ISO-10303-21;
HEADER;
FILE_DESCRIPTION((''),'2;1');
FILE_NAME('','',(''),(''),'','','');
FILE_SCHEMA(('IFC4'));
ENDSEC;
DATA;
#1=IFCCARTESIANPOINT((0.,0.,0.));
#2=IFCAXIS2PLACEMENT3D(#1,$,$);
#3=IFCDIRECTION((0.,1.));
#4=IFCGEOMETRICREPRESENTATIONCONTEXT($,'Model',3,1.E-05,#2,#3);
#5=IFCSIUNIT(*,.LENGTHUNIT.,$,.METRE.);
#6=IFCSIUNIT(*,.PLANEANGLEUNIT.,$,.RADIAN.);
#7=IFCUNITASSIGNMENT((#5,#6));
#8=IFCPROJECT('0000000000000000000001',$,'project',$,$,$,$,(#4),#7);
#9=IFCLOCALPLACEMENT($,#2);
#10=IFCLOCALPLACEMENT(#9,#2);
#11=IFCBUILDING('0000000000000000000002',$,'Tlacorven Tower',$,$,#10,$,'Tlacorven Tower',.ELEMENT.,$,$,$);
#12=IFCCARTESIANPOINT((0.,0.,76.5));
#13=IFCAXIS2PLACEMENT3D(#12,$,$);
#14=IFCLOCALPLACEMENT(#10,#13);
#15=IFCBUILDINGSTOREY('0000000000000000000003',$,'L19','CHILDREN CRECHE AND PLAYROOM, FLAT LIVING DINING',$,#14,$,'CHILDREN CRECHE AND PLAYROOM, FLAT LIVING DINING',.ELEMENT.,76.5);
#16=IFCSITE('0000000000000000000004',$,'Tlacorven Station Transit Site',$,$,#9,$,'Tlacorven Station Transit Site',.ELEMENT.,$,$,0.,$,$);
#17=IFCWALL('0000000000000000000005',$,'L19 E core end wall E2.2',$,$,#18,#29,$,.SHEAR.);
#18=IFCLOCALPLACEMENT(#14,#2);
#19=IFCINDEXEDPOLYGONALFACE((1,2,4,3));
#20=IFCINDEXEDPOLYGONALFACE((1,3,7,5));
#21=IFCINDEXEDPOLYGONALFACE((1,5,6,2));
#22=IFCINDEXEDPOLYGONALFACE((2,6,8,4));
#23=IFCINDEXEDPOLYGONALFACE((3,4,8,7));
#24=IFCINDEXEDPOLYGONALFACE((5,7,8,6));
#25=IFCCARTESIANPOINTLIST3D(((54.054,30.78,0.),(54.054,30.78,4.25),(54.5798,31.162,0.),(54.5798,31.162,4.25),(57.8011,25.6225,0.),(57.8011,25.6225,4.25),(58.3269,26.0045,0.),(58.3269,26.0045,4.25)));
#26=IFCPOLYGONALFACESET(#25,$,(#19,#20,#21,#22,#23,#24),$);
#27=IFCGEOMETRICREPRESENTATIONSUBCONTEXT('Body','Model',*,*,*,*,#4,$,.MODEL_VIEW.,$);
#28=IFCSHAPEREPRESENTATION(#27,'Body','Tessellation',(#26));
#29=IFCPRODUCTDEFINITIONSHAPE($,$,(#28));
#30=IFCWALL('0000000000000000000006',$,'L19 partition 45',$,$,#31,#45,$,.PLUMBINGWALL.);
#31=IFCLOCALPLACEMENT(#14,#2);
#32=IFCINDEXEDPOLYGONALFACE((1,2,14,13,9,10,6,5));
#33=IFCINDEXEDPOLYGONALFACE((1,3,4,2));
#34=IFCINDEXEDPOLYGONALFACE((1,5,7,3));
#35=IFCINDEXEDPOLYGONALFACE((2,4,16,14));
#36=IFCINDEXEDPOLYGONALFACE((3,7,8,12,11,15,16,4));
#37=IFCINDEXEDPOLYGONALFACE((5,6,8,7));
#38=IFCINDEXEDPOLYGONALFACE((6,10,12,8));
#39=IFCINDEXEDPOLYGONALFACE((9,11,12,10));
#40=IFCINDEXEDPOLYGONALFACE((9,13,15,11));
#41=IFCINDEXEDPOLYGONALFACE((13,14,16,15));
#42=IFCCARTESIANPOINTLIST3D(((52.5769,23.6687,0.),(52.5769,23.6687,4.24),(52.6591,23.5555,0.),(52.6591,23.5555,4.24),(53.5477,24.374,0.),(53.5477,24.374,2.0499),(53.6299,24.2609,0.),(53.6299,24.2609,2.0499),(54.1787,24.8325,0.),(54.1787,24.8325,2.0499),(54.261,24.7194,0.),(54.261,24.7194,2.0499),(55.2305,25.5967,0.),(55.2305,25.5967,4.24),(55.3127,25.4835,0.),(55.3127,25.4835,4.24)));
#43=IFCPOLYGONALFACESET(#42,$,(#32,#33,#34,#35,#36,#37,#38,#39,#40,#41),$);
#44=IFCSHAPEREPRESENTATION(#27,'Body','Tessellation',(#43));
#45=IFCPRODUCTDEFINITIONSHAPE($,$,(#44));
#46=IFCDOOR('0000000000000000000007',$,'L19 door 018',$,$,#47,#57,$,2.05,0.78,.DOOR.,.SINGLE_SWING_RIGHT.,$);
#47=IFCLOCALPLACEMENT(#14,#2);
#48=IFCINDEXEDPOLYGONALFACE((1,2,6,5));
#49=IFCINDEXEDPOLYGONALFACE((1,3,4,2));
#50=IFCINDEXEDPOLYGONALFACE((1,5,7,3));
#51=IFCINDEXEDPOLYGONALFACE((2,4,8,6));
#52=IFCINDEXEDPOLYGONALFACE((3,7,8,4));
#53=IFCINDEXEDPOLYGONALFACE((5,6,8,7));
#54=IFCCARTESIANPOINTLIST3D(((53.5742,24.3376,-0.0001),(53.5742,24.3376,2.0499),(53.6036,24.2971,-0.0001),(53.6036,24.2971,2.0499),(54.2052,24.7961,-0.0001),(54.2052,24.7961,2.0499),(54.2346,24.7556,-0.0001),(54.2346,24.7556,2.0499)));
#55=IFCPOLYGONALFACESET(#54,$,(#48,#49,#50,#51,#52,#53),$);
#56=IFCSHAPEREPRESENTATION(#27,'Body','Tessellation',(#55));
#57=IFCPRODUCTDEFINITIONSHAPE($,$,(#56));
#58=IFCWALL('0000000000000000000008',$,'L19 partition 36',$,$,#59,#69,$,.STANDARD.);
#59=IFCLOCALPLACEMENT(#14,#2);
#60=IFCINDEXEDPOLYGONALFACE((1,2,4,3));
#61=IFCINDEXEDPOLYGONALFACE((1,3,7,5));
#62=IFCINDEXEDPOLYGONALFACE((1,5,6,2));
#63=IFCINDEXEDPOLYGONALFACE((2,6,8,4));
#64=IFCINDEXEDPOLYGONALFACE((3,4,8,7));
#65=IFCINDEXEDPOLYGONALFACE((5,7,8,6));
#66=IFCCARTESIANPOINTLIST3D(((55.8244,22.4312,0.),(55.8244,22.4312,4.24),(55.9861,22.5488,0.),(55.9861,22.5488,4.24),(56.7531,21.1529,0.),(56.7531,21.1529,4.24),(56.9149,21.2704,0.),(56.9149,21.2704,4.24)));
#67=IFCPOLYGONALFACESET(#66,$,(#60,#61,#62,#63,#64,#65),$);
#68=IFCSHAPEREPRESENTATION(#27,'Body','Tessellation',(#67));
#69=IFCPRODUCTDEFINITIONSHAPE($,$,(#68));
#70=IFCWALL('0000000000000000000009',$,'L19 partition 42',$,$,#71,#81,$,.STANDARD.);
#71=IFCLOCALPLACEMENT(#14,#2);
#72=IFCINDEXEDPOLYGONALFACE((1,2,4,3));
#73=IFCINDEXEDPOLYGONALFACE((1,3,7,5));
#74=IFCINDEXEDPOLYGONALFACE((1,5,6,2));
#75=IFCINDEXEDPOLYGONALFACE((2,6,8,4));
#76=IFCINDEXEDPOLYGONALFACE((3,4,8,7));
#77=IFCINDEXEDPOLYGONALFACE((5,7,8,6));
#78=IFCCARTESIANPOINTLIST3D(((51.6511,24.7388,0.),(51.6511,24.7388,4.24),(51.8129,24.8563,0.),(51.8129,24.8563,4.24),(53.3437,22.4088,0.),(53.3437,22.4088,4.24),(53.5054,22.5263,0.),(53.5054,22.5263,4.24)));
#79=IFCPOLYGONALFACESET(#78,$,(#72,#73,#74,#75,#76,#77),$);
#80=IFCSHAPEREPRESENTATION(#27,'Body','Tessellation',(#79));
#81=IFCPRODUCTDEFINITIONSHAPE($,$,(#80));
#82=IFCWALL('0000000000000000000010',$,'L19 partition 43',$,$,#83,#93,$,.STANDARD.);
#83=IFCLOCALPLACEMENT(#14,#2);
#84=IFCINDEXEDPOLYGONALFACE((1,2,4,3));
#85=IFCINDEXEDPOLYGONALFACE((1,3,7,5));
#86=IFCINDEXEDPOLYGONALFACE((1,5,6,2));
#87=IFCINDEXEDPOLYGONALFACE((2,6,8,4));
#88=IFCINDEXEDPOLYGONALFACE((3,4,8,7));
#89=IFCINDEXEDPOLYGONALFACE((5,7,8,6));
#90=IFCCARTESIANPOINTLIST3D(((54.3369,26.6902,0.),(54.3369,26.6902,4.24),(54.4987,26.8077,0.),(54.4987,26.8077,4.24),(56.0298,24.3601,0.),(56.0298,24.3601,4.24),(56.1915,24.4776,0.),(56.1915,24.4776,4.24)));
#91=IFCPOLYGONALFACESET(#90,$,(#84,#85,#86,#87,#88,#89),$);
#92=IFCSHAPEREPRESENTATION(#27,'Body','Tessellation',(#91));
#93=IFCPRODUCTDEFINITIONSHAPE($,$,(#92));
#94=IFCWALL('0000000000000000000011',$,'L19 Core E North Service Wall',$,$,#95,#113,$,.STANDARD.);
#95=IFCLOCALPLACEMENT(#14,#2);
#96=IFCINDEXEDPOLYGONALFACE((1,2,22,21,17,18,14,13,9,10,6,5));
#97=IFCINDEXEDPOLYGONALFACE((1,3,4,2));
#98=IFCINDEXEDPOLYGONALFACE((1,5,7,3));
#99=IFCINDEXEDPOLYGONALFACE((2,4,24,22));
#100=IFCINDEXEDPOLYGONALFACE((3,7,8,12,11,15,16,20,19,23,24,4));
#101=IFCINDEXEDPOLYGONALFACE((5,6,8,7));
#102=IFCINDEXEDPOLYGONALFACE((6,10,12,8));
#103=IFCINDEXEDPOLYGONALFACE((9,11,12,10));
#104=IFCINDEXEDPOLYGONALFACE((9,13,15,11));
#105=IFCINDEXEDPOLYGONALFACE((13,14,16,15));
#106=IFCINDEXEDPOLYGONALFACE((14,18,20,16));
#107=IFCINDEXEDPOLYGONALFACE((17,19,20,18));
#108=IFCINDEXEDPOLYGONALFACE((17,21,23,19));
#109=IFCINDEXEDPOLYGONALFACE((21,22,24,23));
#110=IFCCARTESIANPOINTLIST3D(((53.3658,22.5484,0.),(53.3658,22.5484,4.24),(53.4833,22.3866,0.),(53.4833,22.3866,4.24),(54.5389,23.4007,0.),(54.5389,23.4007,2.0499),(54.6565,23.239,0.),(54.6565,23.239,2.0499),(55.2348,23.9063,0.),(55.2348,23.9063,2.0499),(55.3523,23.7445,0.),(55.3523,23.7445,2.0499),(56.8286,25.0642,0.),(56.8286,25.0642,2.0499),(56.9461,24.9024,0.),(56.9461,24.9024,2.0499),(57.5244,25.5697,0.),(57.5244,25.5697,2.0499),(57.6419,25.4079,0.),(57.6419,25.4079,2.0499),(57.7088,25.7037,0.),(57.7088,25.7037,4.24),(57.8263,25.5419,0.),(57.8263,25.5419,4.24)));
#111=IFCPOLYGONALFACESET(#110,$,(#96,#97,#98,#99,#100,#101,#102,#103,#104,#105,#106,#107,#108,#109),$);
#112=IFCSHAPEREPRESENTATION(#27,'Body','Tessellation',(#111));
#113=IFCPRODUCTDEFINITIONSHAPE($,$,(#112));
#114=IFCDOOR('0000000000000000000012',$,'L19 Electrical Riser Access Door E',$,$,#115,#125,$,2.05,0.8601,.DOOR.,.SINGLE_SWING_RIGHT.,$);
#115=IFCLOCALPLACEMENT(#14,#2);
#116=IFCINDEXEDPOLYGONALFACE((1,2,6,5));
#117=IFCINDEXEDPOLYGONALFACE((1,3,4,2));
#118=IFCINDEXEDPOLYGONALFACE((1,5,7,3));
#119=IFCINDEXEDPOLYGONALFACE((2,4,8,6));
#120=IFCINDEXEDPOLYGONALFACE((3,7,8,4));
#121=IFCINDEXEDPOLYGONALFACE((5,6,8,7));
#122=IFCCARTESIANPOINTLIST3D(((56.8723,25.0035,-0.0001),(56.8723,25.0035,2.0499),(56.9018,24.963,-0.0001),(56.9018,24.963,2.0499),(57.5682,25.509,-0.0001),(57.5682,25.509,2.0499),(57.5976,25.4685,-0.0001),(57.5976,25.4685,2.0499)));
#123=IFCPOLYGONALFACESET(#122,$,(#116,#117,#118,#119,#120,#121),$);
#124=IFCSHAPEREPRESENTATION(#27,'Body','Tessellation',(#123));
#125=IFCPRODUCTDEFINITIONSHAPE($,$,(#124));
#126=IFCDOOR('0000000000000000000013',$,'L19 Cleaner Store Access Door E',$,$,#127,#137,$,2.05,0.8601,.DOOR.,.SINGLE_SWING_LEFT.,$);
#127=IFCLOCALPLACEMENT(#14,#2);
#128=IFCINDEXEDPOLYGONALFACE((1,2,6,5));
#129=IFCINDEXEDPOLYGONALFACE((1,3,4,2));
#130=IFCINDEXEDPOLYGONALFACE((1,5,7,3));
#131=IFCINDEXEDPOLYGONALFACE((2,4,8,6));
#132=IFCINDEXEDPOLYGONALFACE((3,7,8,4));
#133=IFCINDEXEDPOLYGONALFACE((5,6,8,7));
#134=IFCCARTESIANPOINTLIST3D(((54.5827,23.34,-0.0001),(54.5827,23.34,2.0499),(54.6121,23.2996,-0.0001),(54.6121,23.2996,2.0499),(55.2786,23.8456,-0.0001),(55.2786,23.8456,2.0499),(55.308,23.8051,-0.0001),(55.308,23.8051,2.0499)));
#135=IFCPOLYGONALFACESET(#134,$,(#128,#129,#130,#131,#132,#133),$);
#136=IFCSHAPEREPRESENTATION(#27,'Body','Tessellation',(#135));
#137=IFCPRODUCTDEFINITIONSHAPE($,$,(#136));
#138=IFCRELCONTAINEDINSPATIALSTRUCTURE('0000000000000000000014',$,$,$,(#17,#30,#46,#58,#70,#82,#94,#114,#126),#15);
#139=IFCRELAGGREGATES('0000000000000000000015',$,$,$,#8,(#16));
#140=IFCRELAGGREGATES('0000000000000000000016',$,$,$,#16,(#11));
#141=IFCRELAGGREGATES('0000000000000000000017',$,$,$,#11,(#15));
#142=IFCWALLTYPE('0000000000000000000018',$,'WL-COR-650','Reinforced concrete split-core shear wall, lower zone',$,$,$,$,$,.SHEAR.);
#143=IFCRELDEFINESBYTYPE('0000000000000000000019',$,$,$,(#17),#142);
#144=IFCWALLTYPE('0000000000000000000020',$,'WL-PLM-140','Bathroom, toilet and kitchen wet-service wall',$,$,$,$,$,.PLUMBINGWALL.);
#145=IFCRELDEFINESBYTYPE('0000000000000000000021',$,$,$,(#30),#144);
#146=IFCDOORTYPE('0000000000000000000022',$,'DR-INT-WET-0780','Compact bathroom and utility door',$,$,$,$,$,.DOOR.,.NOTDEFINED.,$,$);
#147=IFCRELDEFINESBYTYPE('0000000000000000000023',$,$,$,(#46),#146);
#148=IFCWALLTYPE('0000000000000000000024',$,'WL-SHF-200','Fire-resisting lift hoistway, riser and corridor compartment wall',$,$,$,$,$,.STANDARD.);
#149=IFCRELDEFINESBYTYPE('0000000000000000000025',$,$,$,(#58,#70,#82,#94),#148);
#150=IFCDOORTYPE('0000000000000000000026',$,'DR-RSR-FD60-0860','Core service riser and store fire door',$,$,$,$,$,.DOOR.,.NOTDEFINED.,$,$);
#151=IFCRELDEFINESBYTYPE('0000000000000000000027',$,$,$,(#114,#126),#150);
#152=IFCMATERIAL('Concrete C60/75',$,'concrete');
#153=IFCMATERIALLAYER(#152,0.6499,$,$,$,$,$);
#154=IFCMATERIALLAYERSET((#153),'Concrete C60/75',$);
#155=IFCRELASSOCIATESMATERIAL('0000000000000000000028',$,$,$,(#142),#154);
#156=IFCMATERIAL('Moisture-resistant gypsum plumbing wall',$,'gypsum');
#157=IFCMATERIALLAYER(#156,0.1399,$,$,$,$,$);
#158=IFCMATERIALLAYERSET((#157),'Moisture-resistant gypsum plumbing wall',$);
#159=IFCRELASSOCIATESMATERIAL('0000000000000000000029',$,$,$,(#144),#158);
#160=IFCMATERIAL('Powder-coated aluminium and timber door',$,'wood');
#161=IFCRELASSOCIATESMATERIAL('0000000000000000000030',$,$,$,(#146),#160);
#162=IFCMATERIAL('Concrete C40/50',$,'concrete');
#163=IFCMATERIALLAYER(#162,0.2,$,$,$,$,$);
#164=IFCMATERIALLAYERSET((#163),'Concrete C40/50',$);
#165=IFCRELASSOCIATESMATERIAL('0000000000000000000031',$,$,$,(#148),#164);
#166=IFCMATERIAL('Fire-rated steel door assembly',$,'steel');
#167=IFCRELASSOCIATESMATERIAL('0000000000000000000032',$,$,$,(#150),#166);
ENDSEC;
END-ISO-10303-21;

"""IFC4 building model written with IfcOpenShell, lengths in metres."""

from ifc_helpers import new_model, si_unit, direction, frame, frame_2d, origin, place, context, subcontext, project, spatial, rectangle, extrude, source, transform, mapped, material, layer, layer_set, type_object, element, fill, save


model = new_model("IFC4")

# Units and contexts
model_context = context("Model", 3, precision=1e-05, world=origin(), true_north=direction((0.0, 1.0)))
body_context = subcontext(model_context, "Body", "Model", "MODEL_VIEW")
ifc_project = project(units=[si_unit("LENGTHUNIT", "METRE"), si_unit("PLANEANGLEUNIT", "RADIAN")], contexts=[model_context])

# Site, building, storey
site_placement = place(None, origin())
site = spatial("IfcSite", under=ifc_project, at=site_placement, Name="Tlacorven Station Transit Site", LongName="Tlacorven Station Transit Site", CompositionType="ELEMENT", RefElevation=0.0)
building_placement = place(site_placement, origin())
building = spatial("IfcBuilding", under=site, at=building_placement, Name="Tlacorven Tower", LongName="Tlacorven Tower", CompositionType="ELEMENT")
storey_placement = place(building_placement, frame((0.0, 0.0, 76.5)))
storey = spatial("IfcBuildingStorey", under=building, at=storey_placement, Name="L19", Description="CHILDREN CRECHE AND PLAYROOM, FLAT LIVING DINING", LongName="CHILDREN CRECHE AND PLAYROOM, FLAT LIVING DINING", CompositionType="ELEMENT", Elevation=76.5)

# Wall
ifc_material_1 = material(Name="Concrete C60/75", Category="concrete")
ifc_layer_1 = layer(ifc_material_1, 0.6499)
ifc_layer_set_1 = layer_set([ifc_layer_1], Name="Concrete C60/75")
wall_type_1 = type_object("IfcWallType", Name="WL-COR-650", Description="Reinforced concrete split-core shear wall, lower zone", PredefinedType="SHEAR", material=ifc_layer_set_1)
wall_1_placement = place(storey_placement, frame((58.064, 25.8135, 0.0), z_axis=(0.0, 0.0, 1.0), x_axis=(-0.58778, 0.809021, 0.0)))
element("IfcWall", 1, at=wall_1_placement, inside=storey, type_object=wall_type_1, Name="L19 E core end wall E2.2", PredefinedType="SHEAR", context=body_context, shape_type="SweptSolid", body=[
    extrude(rectangle(XDim=6.375, YDim=0.6499, at=frame_2d((3.1875, 0.0))), origin(), (0.0, 0.0, 1.0), 4.25),
])

# Wall, opening, door
ifc_material_2 = material(Name="Moisture-resistant gypsum plumbing wall", Category="gypsum")
ifc_layer_2 = layer(ifc_material_2, 0.1399)
ifc_layer_set_2 = layer_set([ifc_layer_2], Name="Moisture-resistant gypsum plumbing wall")
wall_type_2 = type_object("IfcWallType", Name="WL-PLM-140", Description="Bathroom, toilet and kitchen wet-service wall", PredefinedType="PLUMBINGWALL", material=ifc_layer_set_2)
wall_2_placement = place(storey_placement, frame((52.6179, 23.6121, 0.0), z_axis=(0.0, 0.0, 1.0), x_axis=(0.80901, 0.587795, 0.0)))
wall_2 = element("IfcWall", 2, at=wall_2_placement, inside=storey, type_object=wall_type_2, Name="L19 partition 45", PredefinedType="PLUMBINGWALL", context=body_context, shape_type="SweptSolid", body=[
    extrude(rectangle(XDim=3.28, YDim=0.1399, at=frame_2d((1.6401, 0.0))), origin(), (0.0, 0.0, 1.0), 4.24),
])
opening_1_placement = place(wall_2_placement, frame((1.2, 0.0, 0.0)))
opening_1 = element("IfcOpeningElement", 3, at=opening_1_placement, cuts=wall_2, PredefinedType="OPENING", context=body_context, shape_type="SweptSolid", body=[
    extrude(rectangle(XDim=0.78, YDim=2.05, at=frame_2d((0.3901, 1.0249))), frame((0.0, 0.0801, 0.0), z_axis=(0.0, -1.0, 0.0), x_axis=(1.0, 0.0, 0.0)), (0.0, 0.0, 1.0), 0.1599),
])
ifc_material_3 = material(Name="Powder-coated aluminium and timber door", Category="wood")
door_type_1 = type_object("IfcDoorType", Name="DR-INT-WET-0780", Description="Compact bathroom and utility door", OperationType="NOTDEFINED", PredefinedType="DOOR", material=ifc_material_3)
shared_shape_1 = source(origin(), body_context, "Body", "SweptSolid", [
    extrude(rectangle(XDim=0.78, YDim=2.05, at=frame_2d((0.3901, 1.0249))), frame((0.0, 0.0249, 0.0), z_axis=(0.0, -1.0, 0.0), x_axis=(1.0, 0.0, 0.0)), (0.0, 0.0, 1.0), 0.05),
])
door_1_placement = place(opening_1_placement, origin())
door_1 = element("IfcDoor", 4, at=door_1_placement, inside=storey, type_object=door_type_1, Name="L19 door 018", OperationType="SINGLE_SWING_RIGHT", OverallHeight=2.05, OverallWidth=0.78, PredefinedType="DOOR", context=body_context, shape_type="MappedRepresentation", body=[
    mapped(shared_shape_1, transform((0.0, 0.0, 0.0), scale=1.0)),
])
fill(opening_1, door_1)

# Shared definitions
ifc_material_4 = material(Name="Concrete C40/50", Category="concrete")
ifc_layer_3 = layer(ifc_material_4, 0.2)
ifc_layer_set_3 = layer_set([ifc_layer_3], Name="Concrete C40/50")
wall_type_3 = type_object("IfcWallType", Name="WL-SHF-200", Description="Fire-resisting lift hoistway, riser and corridor compartment wall", PredefinedType="STANDARD", material=ifc_layer_set_3)
ifc_material_5 = material(Name="Fire-rated steel door assembly", Category="steel")

# Walls
wall_3_placement = place(storey_placement, frame((56.834, 21.2117, 0.0), z_axis=(0.0, 0.0, 1.0), x_axis=(-0.587767, 0.80903, 0.0)))
element("IfcWall", 5, at=wall_3_placement, inside=storey, type_object=wall_type_3, Name="L19 partition 36", PredefinedType="STANDARD", context=body_context, shape_type="SweptSolid", body=[
    extrude(rectangle(XDim=1.5801, YDim=0.2, at=frame_2d((0.79, 0.0))), origin(), (0.0, 0.0, 1.0), 4.24),
])
wall_4_placement = place(storey_placement, frame((53.4246, 22.4675, 0.0), z_axis=(0.0, 0.0, 1.0), x_axis=(-0.587723, 0.809062, 0.0)))
element("IfcWall", 6, at=wall_4_placement, inside=storey, type_object=wall_type_3, Name="L19 partition 42", PredefinedType="STANDARD", context=body_context, shape_type="SweptSolid", body=[
    extrude(rectangle(XDim=2.8799, YDim=0.2, at=frame_2d((1.4399, 0.0))), origin(), (0.0, 0.0, 1.0), 4.24),
])
wall_5_placement = place(storey_placement, frame((56.1106, 24.4189, 0.0), z_axis=(0.0, 0.0, 1.0), x_axis=(-0.587778, 0.809022, 0.0)))
element("IfcWall", 7, at=wall_5_placement, inside=storey, type_object=wall_type_3, Name="L19 partition 43", PredefinedType="STANDARD", context=body_context, shape_type="SweptSolid", body=[
    extrude(rectangle(XDim=2.8801, YDim=0.2, at=frame_2d((1.4399, 0.0))), origin(), (0.0, 0.0, 1.0), 4.24),
])

# Wall, openings, doors
wall_6_placement = place(storey_placement, frame((53.4246, 22.4675, 0.0), z_axis=(0.0, 0.0, 1.0), x_axis=(0.809027, 0.587771, 0.0)))
wall_6 = element("IfcWall", 8, at=wall_6_placement, inside=storey, type_object=wall_type_3, Name="L19 Core E North Service Wall", PredefinedType="STANDARD", context=body_context, shape_type="SweptSolid", body=[
    extrude(rectangle(XDim=5.3682, YDim=0.2, at=frame_2d((2.6841, 0.0))), origin(), (0.0, 0.0, 1.0), 4.24),
])
opening_2_placement = place(wall_6_placement, frame((4.28, 0.0, 0.0)))
opening_2 = element("IfcOpeningElement", 9, at=opening_2_placement, cuts=wall_6, PredefinedType="OPENING", context=body_context, shape_type="SweptSolid", body=[
    extrude(rectangle(XDim=0.8601, YDim=2.05, at=frame_2d((0.4302, 1.0249))), frame((0.0, 0.1099, 0.0), z_axis=(0.0, -1.0, 0.0), x_axis=(1.0, 0.0, 0.0)), (0.0, 0.0, 1.0), 0.22),
])
opening_3_placement = place(wall_6_placement, frame((1.45, 0.0, 0.0)))
opening_3 = element("IfcOpeningElement", 10, at=opening_3_placement, cuts=wall_6, PredefinedType="OPENING", context=body_context, shape_type="SweptSolid", body=[
    extrude(rectangle(XDim=0.8601, YDim=2.05, at=frame_2d((0.4302, 1.0249))), frame((0.0, 0.1099, 0.0), z_axis=(0.0, -1.0, 0.0), x_axis=(1.0, 0.0, 0.0)), (0.0, 0.0, 1.0), 0.22),
])
door_type_2 = type_object("IfcDoorType", Name="DR-RSR-FD60-0860", Description="Core service riser and store fire door", OperationType="NOTDEFINED", PredefinedType="DOOR", material=ifc_material_5)
shared_shape_2 = source(origin(), body_context, "Body", "SweptSolid", [
    extrude(rectangle(XDim=0.8601, YDim=2.05, at=frame_2d((0.4302, 1.0249))), frame((0.0, 0.0249, 0.0), z_axis=(0.0, -1.0, 0.0), x_axis=(1.0, 0.0, 0.0)), (0.0, 0.0, 1.0), 0.05),
])
door_2_placement = place(opening_2_placement, frame((0.8601, 0.0, 0.0), z_axis=(0.0, 0.0, 1.0), x_axis=(-1.0, 0.0, 0.0)))
door_2 = element("IfcDoor", 11, at=door_2_placement, inside=storey, type_object=door_type_2, Name="L19 Electrical Riser Access Door E", OperationType="SINGLE_SWING_RIGHT", OverallHeight=2.05, OverallWidth=0.8601, PredefinedType="DOOR", context=body_context, shape_type="MappedRepresentation", body=[
    mapped(shared_shape_2, transform((0.0, 0.0, 0.0), scale=1.0)),
])
fill(opening_2, door_2)
door_3_placement = place(opening_3_placement, frame((0.8601, 0.0, 0.0), z_axis=(0.0, 0.0, 1.0), x_axis=(-1.0, 0.0, 0.0)))
door_3 = element("IfcDoor", 12, at=door_3_placement, inside=storey, type_object=door_type_2, Name="L19 Cleaner Store Access Door E", OperationType="SINGLE_SWING_LEFT", OverallHeight=2.05, OverallWidth=0.8601, PredefinedType="DOOR", context=body_context, shape_type="MappedRepresentation", body=[
    mapped(shared_shape_2, transform((0.0, 0.0, 0.0), scale=1.0)),
])
fill(opening_3, door_3)

save(model, "model.ifc")
